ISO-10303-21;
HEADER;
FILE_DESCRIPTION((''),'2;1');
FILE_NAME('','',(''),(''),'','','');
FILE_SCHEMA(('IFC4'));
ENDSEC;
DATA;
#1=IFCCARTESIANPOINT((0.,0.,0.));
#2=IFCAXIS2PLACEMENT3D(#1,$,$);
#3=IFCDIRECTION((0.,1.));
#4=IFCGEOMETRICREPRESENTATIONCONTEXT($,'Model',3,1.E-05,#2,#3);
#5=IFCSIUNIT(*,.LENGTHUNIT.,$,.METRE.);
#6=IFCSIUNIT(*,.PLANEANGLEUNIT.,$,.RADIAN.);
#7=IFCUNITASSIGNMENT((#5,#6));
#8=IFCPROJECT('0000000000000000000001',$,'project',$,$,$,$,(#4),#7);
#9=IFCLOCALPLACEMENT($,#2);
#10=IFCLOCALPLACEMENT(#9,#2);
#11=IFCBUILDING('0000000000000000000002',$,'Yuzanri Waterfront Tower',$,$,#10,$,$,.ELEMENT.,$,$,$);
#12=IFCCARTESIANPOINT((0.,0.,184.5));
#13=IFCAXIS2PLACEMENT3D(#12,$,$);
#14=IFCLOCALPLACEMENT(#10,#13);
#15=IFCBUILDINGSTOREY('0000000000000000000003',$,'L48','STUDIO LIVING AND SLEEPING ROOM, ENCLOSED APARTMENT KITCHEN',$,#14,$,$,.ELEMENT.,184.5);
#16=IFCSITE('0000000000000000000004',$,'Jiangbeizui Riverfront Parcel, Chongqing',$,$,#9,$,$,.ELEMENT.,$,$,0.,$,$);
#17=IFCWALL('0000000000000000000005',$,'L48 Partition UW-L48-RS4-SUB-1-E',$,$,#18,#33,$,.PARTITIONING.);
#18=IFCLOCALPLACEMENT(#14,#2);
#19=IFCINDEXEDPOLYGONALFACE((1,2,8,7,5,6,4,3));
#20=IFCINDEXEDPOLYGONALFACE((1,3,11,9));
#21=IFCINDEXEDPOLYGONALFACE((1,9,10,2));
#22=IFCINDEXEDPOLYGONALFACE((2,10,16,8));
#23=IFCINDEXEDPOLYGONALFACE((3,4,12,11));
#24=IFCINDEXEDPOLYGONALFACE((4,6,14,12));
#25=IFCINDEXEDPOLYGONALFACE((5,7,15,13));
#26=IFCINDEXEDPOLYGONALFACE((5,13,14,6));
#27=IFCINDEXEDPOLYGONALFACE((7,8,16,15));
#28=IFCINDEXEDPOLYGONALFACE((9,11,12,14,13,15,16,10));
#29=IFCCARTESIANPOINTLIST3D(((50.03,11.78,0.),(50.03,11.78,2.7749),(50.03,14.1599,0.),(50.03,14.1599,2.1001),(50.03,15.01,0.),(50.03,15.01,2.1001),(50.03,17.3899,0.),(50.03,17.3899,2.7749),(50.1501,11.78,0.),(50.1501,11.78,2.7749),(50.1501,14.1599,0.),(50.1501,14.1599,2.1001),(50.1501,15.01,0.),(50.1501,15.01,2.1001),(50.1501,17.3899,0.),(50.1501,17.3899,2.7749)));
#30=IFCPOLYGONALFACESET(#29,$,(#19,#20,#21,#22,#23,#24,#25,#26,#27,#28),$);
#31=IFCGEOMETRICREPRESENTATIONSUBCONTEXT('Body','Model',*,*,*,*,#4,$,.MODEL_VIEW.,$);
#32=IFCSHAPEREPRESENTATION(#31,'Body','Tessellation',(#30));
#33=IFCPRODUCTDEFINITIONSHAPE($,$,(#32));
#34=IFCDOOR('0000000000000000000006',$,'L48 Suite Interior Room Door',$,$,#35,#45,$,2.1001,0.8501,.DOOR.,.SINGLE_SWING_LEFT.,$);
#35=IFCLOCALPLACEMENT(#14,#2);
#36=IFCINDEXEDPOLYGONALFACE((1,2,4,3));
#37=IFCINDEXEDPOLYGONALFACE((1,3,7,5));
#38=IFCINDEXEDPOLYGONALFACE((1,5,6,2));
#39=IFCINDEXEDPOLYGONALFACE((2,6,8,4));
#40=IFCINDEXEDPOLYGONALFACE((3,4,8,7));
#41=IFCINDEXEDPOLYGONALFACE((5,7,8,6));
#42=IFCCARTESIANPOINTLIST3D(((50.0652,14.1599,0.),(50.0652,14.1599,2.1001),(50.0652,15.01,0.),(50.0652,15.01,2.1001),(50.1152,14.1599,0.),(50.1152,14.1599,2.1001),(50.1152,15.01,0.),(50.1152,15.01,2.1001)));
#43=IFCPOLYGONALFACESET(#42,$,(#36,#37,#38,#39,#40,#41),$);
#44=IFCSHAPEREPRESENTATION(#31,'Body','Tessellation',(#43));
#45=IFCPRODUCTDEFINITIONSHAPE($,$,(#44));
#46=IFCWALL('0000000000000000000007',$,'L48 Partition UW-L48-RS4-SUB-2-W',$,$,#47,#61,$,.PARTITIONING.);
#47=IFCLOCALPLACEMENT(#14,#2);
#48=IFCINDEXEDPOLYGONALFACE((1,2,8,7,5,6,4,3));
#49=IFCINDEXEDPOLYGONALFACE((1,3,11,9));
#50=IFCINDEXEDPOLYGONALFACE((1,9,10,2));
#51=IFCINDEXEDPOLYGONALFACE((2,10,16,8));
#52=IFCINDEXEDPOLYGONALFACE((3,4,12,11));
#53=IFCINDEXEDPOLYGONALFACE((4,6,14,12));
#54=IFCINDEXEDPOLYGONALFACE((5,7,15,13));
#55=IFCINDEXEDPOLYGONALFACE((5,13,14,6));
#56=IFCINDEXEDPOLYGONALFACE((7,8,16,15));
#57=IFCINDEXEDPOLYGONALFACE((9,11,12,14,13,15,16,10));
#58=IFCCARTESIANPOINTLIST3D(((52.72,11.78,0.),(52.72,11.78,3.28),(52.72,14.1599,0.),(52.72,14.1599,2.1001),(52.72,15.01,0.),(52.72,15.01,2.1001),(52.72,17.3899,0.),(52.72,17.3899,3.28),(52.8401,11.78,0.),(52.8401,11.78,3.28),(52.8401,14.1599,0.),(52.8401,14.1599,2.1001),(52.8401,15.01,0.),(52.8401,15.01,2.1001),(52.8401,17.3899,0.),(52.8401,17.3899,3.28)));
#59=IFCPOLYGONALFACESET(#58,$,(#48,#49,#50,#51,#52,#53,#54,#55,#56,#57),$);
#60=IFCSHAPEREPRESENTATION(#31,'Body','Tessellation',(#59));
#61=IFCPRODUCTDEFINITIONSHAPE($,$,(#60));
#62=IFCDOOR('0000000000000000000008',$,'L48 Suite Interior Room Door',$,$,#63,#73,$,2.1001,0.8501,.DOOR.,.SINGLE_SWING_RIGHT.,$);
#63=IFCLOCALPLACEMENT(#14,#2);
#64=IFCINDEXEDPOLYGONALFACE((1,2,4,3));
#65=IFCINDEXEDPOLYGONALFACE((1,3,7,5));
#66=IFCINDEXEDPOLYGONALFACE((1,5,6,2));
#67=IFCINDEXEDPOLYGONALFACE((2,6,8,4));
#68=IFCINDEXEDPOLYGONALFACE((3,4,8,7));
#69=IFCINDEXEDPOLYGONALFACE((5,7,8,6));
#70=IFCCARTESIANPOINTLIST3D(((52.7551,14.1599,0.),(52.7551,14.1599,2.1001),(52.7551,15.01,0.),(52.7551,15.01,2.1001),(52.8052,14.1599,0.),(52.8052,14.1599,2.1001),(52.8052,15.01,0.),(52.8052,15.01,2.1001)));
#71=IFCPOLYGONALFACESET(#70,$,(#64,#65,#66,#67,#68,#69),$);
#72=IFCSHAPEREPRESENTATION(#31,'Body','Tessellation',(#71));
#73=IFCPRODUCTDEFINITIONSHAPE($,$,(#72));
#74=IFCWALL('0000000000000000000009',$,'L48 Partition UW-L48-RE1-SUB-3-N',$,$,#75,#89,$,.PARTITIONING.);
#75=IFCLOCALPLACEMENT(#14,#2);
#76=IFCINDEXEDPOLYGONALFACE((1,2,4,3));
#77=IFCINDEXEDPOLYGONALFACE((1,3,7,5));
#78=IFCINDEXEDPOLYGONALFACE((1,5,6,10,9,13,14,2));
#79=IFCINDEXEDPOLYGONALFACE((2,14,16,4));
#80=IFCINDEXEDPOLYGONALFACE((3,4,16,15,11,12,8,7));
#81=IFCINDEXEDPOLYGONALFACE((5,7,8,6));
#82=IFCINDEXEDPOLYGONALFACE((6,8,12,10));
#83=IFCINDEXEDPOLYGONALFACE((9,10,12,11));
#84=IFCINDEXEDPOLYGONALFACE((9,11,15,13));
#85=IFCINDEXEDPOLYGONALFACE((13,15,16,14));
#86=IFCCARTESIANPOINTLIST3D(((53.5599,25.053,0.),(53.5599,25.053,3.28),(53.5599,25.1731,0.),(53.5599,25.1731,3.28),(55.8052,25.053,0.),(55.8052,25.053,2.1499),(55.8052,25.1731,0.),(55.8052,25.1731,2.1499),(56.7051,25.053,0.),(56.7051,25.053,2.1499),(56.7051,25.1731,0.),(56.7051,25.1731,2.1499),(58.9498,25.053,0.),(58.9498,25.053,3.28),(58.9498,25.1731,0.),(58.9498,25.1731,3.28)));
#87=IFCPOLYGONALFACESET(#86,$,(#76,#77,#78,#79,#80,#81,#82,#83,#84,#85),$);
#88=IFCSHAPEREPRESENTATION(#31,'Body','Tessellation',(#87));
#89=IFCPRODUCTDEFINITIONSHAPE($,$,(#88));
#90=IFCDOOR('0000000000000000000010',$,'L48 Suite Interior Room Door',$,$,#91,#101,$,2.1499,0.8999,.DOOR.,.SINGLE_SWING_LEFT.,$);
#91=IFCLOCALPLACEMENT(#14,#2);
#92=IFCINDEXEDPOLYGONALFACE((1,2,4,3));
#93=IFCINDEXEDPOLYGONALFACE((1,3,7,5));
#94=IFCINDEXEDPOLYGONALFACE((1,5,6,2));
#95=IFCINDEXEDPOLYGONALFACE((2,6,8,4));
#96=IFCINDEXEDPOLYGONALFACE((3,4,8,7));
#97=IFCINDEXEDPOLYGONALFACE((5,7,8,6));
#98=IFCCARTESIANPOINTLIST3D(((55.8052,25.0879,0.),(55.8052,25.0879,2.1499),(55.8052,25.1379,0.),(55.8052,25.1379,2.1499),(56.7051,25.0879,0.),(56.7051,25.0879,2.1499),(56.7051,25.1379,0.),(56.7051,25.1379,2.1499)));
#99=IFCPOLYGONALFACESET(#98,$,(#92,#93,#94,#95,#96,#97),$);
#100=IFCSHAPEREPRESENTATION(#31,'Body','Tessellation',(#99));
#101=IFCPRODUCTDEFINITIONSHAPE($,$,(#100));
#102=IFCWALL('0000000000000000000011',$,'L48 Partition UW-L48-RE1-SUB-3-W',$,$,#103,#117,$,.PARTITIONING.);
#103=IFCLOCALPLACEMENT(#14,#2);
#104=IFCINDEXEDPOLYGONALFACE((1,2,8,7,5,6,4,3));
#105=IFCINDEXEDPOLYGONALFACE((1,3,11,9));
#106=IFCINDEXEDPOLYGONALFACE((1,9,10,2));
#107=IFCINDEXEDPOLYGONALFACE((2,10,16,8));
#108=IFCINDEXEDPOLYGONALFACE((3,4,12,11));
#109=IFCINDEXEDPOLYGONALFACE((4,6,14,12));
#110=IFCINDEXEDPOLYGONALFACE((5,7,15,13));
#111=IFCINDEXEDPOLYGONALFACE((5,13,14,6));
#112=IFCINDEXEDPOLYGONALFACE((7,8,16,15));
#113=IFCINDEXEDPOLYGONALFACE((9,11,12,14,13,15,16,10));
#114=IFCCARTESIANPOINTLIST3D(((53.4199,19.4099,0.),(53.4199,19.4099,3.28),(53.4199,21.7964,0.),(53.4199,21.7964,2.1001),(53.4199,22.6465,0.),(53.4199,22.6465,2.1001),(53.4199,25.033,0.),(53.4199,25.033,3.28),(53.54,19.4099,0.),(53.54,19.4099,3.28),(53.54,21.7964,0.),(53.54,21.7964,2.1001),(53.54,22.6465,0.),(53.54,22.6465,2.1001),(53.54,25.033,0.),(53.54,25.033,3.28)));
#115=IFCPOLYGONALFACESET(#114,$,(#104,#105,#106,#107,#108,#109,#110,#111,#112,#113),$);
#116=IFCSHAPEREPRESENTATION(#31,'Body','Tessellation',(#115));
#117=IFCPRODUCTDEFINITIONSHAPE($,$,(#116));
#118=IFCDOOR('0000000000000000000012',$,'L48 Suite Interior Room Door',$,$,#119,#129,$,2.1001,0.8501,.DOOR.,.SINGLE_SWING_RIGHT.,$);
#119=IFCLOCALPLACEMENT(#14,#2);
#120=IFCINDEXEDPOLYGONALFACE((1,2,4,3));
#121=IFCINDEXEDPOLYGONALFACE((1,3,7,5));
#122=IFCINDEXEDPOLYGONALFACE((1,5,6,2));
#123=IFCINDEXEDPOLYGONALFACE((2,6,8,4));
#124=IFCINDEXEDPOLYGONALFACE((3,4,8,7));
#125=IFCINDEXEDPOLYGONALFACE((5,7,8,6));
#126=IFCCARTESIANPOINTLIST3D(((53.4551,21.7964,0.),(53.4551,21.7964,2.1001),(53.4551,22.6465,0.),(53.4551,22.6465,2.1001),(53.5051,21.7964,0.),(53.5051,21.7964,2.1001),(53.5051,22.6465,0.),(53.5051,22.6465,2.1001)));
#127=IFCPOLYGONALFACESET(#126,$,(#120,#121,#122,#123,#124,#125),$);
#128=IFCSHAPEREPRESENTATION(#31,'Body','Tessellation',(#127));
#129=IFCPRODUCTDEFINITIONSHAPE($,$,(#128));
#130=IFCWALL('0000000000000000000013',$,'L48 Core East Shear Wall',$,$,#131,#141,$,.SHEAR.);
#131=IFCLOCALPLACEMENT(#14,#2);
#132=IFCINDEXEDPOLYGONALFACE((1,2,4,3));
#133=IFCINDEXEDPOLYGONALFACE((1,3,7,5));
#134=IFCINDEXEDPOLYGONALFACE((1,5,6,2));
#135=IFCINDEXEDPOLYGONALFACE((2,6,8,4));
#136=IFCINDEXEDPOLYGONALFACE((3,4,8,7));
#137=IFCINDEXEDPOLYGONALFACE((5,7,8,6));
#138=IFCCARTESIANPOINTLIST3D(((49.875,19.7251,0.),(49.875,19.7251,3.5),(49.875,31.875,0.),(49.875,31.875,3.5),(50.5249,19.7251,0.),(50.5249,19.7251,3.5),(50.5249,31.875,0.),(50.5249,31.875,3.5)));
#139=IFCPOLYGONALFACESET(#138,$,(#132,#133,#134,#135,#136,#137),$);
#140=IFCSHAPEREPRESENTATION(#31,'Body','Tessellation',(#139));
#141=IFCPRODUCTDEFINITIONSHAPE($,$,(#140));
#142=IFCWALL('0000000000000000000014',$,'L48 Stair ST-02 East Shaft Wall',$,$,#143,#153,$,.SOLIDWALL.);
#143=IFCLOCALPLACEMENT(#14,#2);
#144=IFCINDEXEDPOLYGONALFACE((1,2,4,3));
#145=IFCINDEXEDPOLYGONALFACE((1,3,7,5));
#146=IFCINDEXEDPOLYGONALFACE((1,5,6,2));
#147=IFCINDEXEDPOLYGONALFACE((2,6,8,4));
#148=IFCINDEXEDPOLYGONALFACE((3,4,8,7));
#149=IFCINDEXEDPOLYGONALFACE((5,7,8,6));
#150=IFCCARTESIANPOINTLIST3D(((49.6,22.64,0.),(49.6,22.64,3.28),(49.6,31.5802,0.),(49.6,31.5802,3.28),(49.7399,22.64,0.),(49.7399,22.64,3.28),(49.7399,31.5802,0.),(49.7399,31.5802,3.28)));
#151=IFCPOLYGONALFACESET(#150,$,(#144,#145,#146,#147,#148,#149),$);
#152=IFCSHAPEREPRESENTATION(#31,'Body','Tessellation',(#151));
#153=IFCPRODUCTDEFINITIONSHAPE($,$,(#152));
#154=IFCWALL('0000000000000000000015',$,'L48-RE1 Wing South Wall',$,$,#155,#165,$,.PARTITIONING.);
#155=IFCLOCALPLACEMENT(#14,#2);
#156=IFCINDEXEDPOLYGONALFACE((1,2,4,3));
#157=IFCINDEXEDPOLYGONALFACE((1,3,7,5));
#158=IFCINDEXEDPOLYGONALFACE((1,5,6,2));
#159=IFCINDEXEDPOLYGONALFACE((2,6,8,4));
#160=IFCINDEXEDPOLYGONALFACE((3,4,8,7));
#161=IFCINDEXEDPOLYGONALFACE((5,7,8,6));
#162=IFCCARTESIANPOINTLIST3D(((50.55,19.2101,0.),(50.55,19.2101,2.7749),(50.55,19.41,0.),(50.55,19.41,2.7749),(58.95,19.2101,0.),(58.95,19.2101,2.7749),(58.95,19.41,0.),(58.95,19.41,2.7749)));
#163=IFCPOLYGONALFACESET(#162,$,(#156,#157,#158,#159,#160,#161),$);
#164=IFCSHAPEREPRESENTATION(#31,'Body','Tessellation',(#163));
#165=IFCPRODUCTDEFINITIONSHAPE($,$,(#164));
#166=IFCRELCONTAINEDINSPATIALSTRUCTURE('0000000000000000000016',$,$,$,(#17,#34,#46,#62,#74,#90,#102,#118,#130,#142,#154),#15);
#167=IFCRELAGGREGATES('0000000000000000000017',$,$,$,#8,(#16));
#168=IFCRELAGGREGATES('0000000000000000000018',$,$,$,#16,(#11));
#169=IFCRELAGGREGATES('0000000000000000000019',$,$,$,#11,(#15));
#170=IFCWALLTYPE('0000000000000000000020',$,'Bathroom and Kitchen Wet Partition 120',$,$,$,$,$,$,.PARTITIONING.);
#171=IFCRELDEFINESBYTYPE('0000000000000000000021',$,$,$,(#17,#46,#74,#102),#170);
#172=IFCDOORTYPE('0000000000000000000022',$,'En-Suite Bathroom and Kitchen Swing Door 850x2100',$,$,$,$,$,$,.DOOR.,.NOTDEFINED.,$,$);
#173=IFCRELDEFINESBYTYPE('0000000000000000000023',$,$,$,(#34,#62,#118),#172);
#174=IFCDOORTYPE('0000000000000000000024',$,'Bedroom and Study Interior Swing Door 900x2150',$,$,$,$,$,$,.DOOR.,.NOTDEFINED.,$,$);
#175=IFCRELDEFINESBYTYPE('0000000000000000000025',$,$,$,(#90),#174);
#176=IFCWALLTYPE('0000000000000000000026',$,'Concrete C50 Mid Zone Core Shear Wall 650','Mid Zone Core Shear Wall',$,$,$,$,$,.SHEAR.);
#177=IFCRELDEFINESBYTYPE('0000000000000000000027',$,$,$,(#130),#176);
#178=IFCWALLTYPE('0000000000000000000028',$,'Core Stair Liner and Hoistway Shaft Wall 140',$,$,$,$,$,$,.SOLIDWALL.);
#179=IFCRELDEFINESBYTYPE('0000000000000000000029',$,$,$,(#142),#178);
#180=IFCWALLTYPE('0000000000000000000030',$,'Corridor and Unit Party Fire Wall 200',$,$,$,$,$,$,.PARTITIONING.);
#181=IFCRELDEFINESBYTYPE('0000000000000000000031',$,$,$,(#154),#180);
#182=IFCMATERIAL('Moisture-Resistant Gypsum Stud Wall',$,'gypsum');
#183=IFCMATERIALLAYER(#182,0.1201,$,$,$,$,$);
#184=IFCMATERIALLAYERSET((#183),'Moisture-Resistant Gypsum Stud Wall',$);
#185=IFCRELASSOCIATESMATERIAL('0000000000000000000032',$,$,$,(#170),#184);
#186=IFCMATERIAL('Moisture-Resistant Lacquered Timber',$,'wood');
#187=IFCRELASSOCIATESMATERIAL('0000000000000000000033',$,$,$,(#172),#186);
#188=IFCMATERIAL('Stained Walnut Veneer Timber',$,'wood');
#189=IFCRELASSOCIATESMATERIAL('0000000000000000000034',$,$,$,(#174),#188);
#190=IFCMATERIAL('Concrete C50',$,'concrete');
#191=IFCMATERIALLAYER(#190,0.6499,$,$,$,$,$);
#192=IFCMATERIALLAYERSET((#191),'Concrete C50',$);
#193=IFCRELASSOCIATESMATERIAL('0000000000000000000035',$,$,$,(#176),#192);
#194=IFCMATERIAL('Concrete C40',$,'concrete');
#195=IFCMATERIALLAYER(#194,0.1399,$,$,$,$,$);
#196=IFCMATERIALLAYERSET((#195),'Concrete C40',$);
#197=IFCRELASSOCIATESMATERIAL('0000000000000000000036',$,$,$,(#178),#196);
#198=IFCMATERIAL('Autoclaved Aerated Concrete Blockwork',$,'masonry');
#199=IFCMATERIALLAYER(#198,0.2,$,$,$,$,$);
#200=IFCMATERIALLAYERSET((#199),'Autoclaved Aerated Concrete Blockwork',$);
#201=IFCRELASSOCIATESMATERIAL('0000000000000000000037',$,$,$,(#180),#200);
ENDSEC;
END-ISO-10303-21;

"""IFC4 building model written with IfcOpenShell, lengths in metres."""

from ifc_helpers import new_model, si_unit, direction, frame, frame_2d, origin, place, context, subcontext, project, spatial, rectangle, extrude, source, transform, mapped, material, layer, layer_set, type_object, element, fill, save


model = new_model("IFC4")

# Units and contexts
model_context = context("Model", 3, precision=1e-05, world=origin(), true_north=direction((0.0, 1.0)))
body_context = subcontext(model_context, "Body", "Model", "MODEL_VIEW")
ifc_project = project(units=[si_unit("LENGTHUNIT", "METRE"), si_unit("PLANEANGLEUNIT", "RADIAN")], contexts=[model_context])

# Site, building, storey
site_placement = place(None, origin())
site = spatial("IfcSite", under=ifc_project, at=site_placement, Name="Jiangbeizui Riverfront Parcel, Chongqing", CompositionType="ELEMENT", RefElevation=0.0)
building_placement = place(site_placement, origin())
building = spatial("IfcBuilding", under=site, at=building_placement, Name="Yuzanri Waterfront Tower", CompositionType="ELEMENT")
storey_placement = place(building_placement, frame((0.0, 0.0, 184.5)))
storey = spatial("IfcBuildingStorey", under=building, at=storey_placement, Name="L48", Description="STUDIO LIVING AND SLEEPING ROOM, ENCLOSED APARTMENT KITCHEN", CompositionType="ELEMENT", Elevation=184.5)

# Walls, openings, doors
ifc_material_1 = material(Name="Moisture-Resistant Gypsum Stud Wall", Category="gypsum")
ifc_layer_1 = layer(ifc_material_1, 0.1201)
ifc_layer_set_1 = layer_set([ifc_layer_1], Name="Moisture-Resistant Gypsum Stud Wall")
wall_type_1 = type_object("IfcWallType", Name="Bathroom and Kitchen Wet Partition 120", PredefinedType="PARTITIONING", material=ifc_layer_set_1)
wall_1_placement = place(storey_placement, frame((50.0901, 11.78, 0.0), z_axis=(0.0, 0.0, 1.0), x_axis=(0.0, 1.0, 0.0)))
wall_1 = element("IfcWall", 1, at=wall_1_placement, inside=storey, type_object=wall_type_1, Name="L48 Partition UW-L48-RS4-SUB-1-E", PredefinedType="PARTITIONING", context=body_context, shape_type="SweptSolid", body=[
    extrude(rectangle(XDim=5.6099, YDim=0.1201, at=frame_2d((2.8049, 0.0))), origin(), (0.0, 0.0, 1.0), 2.7749),
])
opening_1_placement = place(wall_1_placement, frame((2.3799, 0.0, 0.0)))
opening_1 = element("IfcOpeningElement", 2, at=opening_1_placement, cuts=wall_1, PredefinedType="OPENING", context=body_context, shape_type="SweptSolid", body=[
    extrude(rectangle(XDim=0.8501, YDim=2.1001, at=frame_2d((0.425, 1.05))), frame((0.0, 0.075, 0.0), z_axis=(0.0, -1.0, 0.0), x_axis=(1.0, 0.0, 0.0)), (0.0, 0.0, 1.0), 0.1499),
])
ifc_material_2 = material(Name="Moisture-Resistant Lacquered Timber", Category="wood")
door_type_1 = type_object("IfcDoorType", Name="En-Suite Bathroom and Kitchen Swing Door 850x2100", OperationType="NOTDEFINED", PredefinedType="DOOR", material=ifc_material_2)
shared_shape_1 = source(origin(), body_context, "Body", "SweptSolid", [
    extrude(rectangle(XDim=0.8501, YDim=2.1001, at=frame_2d((0.425, 1.05))), frame((0.0, 0.0249, 0.0), z_axis=(0.0, -1.0, 0.0), x_axis=(1.0, 0.0, 0.0)), (0.0, 0.0, 1.0), 0.05),
])
door_1_placement = place(opening_1_placement, origin())
door_1 = element("IfcDoor", 3, at=door_1_placement, inside=storey, type_object=door_type_1, Name="L48 Suite Interior Room Door", OperationType="SINGLE_SWING_LEFT", OverallHeight=2.1001, OverallWidth=0.8501, PredefinedType="DOOR", context=body_context, shape_type="MappedRepresentation", body=[
    mapped(shared_shape_1, transform((0.0, 0.0, 0.0), scale=1.0)),
])
fill(opening_1, door_1)
wall_2_placement = place(storey_placement, frame((52.78, 11.78, 0.0), z_axis=(0.0, 0.0, 1.0), x_axis=(0.0, 1.0, 0.0)))
wall_2 = element("IfcWall", 4, at=wall_2_placement, inside=storey, type_object=wall_type_1, Name="L48 Partition UW-L48-RS4-SUB-2-W", PredefinedType="PARTITIONING", context=body_context, shape_type="SweptSolid", body=[
    extrude(rectangle(XDim=5.6099, YDim=0.1201, at=frame_2d((2.8049, 0.0))), origin(), (0.0, 0.0, 1.0), 3.28),
])
opening_2_placement = place(wall_2_placement, frame((2.3799, 0.0, 0.0)))
opening_2 = element("IfcOpeningElement", 5, at=opening_2_placement, cuts=wall_2, PredefinedType="OPENING", context=body_context, shape_type="SweptSolid", body=[
    extrude(rectangle(XDim=0.8501, YDim=2.1001, at=frame_2d((0.425, 1.05))), frame((0.0, 0.075, 0.0), z_axis=(0.0, -1.0, 0.0), x_axis=(1.0, 0.0, 0.0)), (0.0, 0.0, 1.0), 0.1499),
])
door_2_placement = place(opening_2_placement, origin())
door_2 = element("IfcDoor", 6, at=door_2_placement, inside=storey, type_object=door_type_1, Name="L48 Suite Interior Room Door", OperationType="SINGLE_SWING_RIGHT", OverallHeight=2.1001, OverallWidth=0.8501, PredefinedType="DOOR", context=body_context, shape_type="MappedRepresentation", body=[
    mapped(shared_shape_1, transform((0.0, 0.0, 0.0), scale=1.0)),
])
fill(opening_2, door_2)
wall_3_placement = place(storey_placement, frame((53.5601, 25.113, 0.0), z_axis=(0.0, 0.0, 1.0), x_axis=(1.0, 0.0, 0.0)))
wall_3 = element("IfcWall", 7, at=wall_3_placement, inside=storey, type_object=wall_type_1, Name="L48 Partition UW-L48-RE1-SUB-3-N", PredefinedType="PARTITIONING", context=body_context, shape_type="SweptSolid", body=[
    extrude(rectangle(XDim=5.3899, YDim=0.1201, at=frame_2d((2.6948, 0.0))), origin(), (0.0, 0.0, 1.0), 3.28),
])
opening_3_placement = place(wall_3_placement, frame((2.2451, 0.0, 0.0)))
opening_3 = element("IfcOpeningElement", 8, at=opening_3_placement, cuts=wall_3, PredefinedType="OPENING", context=body_context, shape_type="SweptSolid", body=[
    extrude(rectangle(XDim=0.8999, YDim=2.1499, at=frame_2d((0.45, 1.075))), frame((0.0, 0.075, 0.0), z_axis=(0.0, -1.0, 0.0), x_axis=(1.0, 0.0, 0.0)), (0.0, 0.0, 1.0), 0.1499),
])
ifc_material_3 = material(Name="Stained Walnut Veneer Timber", Category="wood")
door_type_2 = type_object("IfcDoorType", Name="Bedroom and Study Interior Swing Door 900x2150", OperationType="NOTDEFINED", PredefinedType="DOOR", material=ifc_material_3)
shared_shape_2 = source(origin(), body_context, "Body", "SweptSolid", [
    extrude(rectangle(XDim=0.8999, YDim=2.1499, at=frame_2d((0.45, 1.075))), frame((0.0, 0.0249, 0.0), z_axis=(0.0, -1.0, 0.0), x_axis=(1.0, 0.0, 0.0)), (0.0, 0.0, 1.0), 0.05),
])
door_3_placement = place(opening_3_placement, origin())
door_3 = element("IfcDoor", 9, at=door_3_placement, inside=storey, type_object=door_type_2, Name="L48 Suite Interior Room Door", OperationType="SINGLE_SWING_LEFT", OverallHeight=2.1499, OverallWidth=0.8999, PredefinedType="DOOR", context=body_context, shape_type="MappedRepresentation", body=[
    mapped(shared_shape_2, transform((0.0, 0.0, 0.0), scale=1.0)),
])
fill(opening_3, door_3)
wall_4_placement = place(storey_placement, frame((53.48, 19.4099, 0.0), z_axis=(0.0, 0.0, 1.0), x_axis=(0.0, 1.0, 0.0)))
wall_4 = element("IfcWall", 10, at=wall_4_placement, inside=storey, type_object=wall_type_1, Name="L48 Partition UW-L48-RE1-SUB-3-W", PredefinedType="PARTITIONING", context=body_context, shape_type="SweptSolid", body=[
    extrude(rectangle(XDim=5.623, YDim=0.1201, at=frame_2d((2.8115, 0.0))), origin(), (0.0, 0.0, 1.0), 3.28),
])
opening_4_placement = place(wall_4_placement, frame((2.3865, 0.0, 0.0)))
opening_4 = element("IfcOpeningElement", 11, at=opening_4_placement, cuts=wall_4, PredefinedType="OPENING", context=body_context, shape_type="SweptSolid", body=[
    extrude(rectangle(XDim=0.8501, YDim=2.1001, at=frame_2d((0.425, 1.05))), frame((0.0, 0.075, 0.0), z_axis=(0.0, -1.0, 0.0), x_axis=(1.0, 0.0, 0.0)), (0.0, 0.0, 1.0), 0.1499),
])
door_4_placement = place(opening_4_placement, origin())
door_4 = element("IfcDoor", 12, at=door_4_placement, inside=storey, type_object=door_type_1, Name="L48 Suite Interior Room Door", OperationType="SINGLE_SWING_RIGHT", OverallHeight=2.1001, OverallWidth=0.8501, PredefinedType="DOOR", context=body_context, shape_type="MappedRepresentation", body=[
    mapped(shared_shape_1, transform((0.0, 0.0, 0.0), scale=1.0)),
])
fill(opening_4, door_4)

# Walls
ifc_material_4 = material(Name="Concrete C50", Category="concrete")
ifc_layer_2 = layer(ifc_material_4, 0.6499)
ifc_layer_set_2 = layer_set([ifc_layer_2], Name="Concrete C50")
wall_type_2 = type_object("IfcWallType", Name="Concrete C50 Mid Zone Core Shear Wall 650", Description="Mid Zone Core Shear Wall", PredefinedType="SHEAR", material=ifc_layer_set_2)
shared_shape_3 = source(origin(), body_context, "Body", "SweptSolid", [
    extrude(rectangle(XDim=12.1499, YDim=0.6499, at=frame_2d((6.075, 0.0))), origin(), (0.0, 0.0, 1.0), 3.5),
])
wall_5_placement = place(storey_placement, frame((50.2, 19.7251, 0.0), z_axis=(0.0, 0.0, 1.0), x_axis=(0.0, 1.0, 0.0)))
element("IfcWall", 13, at=wall_5_placement, inside=storey, type_object=wall_type_2, Name="L48 Core East Shear Wall", PredefinedType="SHEAR", context=body_context, shape_type="MappedRepresentation", body=[
    mapped(shared_shape_3, transform((0.0, 0.0, 0.0), scale=1.0)),
])
ifc_material_5 = material(Name="Concrete C40", Category="concrete")
ifc_layer_3 = layer(ifc_material_5, 0.1399)
ifc_layer_set_3 = layer_set([ifc_layer_3], Name="Concrete C40")
wall_type_3 = type_object("IfcWallType", Name="Core Stair Liner and Hoistway Shaft Wall 140", PredefinedType="SOLIDWALL", material=ifc_layer_set_3)
shared_shape_4 = source(origin(), body_context, "Body", "SweptSolid", [
    extrude(rectangle(XDim=8.9402, YDim=0.1399, at=frame_2d((4.4702, 0.0))), origin(), (0.0, 0.0, 1.0), 3.28),
])
wall_6_placement = place(storey_placement, frame((49.6699, 22.6399, 0.0), z_axis=(0.0, 0.0, 1.0), x_axis=(0.0, 1.0, 0.0)))
element("IfcWall", 14, at=wall_6_placement, inside=storey, type_object=wall_type_3, Name="L48 Stair ST-02 East Shaft Wall", PredefinedType="SOLIDWALL", context=body_context, shape_type="MappedRepresentation", body=[
    mapped(shared_shape_4, transform((0.0, 0.0, 0.0), scale=1.0)),
])
ifc_material_6 = material(Name="Autoclaved Aerated Concrete Blockwork", Category="masonry")
ifc_layer_4 = layer(ifc_material_6, 0.2)
ifc_layer_set_4 = layer_set([ifc_layer_4], Name="Autoclaved Aerated Concrete Blockwork")
wall_type_4 = type_object("IfcWallType", Name="Corridor and Unit Party Fire Wall 200", PredefinedType="PARTITIONING", material=ifc_layer_set_4)
shared_shape_5 = source(origin(), body_context, "Body", "SweptSolid", [
    extrude(rectangle(XDim=8.3999, YDim=0.2, at=frame_2d((4.2, 0.0))), origin(), (0.0, 0.0, 1.0), 2.7749),
])
wall_7_placement = place(storey_placement, frame((50.55, 19.3101, 0.0), z_axis=(0.0, 0.0, 1.0), x_axis=(1.0, 0.0, 0.0)))
element("IfcWall", 15, at=wall_7_placement, inside=storey, type_object=wall_type_4, Name="L48-RE1 Wing South Wall", PredefinedType="PARTITIONING", context=body_context, shape_type="MappedRepresentation", body=[
    mapped(shared_shape_5, transform((0.0, 0.0, 0.0), scale=1.0)),
])

save(model, "model.ifc")
